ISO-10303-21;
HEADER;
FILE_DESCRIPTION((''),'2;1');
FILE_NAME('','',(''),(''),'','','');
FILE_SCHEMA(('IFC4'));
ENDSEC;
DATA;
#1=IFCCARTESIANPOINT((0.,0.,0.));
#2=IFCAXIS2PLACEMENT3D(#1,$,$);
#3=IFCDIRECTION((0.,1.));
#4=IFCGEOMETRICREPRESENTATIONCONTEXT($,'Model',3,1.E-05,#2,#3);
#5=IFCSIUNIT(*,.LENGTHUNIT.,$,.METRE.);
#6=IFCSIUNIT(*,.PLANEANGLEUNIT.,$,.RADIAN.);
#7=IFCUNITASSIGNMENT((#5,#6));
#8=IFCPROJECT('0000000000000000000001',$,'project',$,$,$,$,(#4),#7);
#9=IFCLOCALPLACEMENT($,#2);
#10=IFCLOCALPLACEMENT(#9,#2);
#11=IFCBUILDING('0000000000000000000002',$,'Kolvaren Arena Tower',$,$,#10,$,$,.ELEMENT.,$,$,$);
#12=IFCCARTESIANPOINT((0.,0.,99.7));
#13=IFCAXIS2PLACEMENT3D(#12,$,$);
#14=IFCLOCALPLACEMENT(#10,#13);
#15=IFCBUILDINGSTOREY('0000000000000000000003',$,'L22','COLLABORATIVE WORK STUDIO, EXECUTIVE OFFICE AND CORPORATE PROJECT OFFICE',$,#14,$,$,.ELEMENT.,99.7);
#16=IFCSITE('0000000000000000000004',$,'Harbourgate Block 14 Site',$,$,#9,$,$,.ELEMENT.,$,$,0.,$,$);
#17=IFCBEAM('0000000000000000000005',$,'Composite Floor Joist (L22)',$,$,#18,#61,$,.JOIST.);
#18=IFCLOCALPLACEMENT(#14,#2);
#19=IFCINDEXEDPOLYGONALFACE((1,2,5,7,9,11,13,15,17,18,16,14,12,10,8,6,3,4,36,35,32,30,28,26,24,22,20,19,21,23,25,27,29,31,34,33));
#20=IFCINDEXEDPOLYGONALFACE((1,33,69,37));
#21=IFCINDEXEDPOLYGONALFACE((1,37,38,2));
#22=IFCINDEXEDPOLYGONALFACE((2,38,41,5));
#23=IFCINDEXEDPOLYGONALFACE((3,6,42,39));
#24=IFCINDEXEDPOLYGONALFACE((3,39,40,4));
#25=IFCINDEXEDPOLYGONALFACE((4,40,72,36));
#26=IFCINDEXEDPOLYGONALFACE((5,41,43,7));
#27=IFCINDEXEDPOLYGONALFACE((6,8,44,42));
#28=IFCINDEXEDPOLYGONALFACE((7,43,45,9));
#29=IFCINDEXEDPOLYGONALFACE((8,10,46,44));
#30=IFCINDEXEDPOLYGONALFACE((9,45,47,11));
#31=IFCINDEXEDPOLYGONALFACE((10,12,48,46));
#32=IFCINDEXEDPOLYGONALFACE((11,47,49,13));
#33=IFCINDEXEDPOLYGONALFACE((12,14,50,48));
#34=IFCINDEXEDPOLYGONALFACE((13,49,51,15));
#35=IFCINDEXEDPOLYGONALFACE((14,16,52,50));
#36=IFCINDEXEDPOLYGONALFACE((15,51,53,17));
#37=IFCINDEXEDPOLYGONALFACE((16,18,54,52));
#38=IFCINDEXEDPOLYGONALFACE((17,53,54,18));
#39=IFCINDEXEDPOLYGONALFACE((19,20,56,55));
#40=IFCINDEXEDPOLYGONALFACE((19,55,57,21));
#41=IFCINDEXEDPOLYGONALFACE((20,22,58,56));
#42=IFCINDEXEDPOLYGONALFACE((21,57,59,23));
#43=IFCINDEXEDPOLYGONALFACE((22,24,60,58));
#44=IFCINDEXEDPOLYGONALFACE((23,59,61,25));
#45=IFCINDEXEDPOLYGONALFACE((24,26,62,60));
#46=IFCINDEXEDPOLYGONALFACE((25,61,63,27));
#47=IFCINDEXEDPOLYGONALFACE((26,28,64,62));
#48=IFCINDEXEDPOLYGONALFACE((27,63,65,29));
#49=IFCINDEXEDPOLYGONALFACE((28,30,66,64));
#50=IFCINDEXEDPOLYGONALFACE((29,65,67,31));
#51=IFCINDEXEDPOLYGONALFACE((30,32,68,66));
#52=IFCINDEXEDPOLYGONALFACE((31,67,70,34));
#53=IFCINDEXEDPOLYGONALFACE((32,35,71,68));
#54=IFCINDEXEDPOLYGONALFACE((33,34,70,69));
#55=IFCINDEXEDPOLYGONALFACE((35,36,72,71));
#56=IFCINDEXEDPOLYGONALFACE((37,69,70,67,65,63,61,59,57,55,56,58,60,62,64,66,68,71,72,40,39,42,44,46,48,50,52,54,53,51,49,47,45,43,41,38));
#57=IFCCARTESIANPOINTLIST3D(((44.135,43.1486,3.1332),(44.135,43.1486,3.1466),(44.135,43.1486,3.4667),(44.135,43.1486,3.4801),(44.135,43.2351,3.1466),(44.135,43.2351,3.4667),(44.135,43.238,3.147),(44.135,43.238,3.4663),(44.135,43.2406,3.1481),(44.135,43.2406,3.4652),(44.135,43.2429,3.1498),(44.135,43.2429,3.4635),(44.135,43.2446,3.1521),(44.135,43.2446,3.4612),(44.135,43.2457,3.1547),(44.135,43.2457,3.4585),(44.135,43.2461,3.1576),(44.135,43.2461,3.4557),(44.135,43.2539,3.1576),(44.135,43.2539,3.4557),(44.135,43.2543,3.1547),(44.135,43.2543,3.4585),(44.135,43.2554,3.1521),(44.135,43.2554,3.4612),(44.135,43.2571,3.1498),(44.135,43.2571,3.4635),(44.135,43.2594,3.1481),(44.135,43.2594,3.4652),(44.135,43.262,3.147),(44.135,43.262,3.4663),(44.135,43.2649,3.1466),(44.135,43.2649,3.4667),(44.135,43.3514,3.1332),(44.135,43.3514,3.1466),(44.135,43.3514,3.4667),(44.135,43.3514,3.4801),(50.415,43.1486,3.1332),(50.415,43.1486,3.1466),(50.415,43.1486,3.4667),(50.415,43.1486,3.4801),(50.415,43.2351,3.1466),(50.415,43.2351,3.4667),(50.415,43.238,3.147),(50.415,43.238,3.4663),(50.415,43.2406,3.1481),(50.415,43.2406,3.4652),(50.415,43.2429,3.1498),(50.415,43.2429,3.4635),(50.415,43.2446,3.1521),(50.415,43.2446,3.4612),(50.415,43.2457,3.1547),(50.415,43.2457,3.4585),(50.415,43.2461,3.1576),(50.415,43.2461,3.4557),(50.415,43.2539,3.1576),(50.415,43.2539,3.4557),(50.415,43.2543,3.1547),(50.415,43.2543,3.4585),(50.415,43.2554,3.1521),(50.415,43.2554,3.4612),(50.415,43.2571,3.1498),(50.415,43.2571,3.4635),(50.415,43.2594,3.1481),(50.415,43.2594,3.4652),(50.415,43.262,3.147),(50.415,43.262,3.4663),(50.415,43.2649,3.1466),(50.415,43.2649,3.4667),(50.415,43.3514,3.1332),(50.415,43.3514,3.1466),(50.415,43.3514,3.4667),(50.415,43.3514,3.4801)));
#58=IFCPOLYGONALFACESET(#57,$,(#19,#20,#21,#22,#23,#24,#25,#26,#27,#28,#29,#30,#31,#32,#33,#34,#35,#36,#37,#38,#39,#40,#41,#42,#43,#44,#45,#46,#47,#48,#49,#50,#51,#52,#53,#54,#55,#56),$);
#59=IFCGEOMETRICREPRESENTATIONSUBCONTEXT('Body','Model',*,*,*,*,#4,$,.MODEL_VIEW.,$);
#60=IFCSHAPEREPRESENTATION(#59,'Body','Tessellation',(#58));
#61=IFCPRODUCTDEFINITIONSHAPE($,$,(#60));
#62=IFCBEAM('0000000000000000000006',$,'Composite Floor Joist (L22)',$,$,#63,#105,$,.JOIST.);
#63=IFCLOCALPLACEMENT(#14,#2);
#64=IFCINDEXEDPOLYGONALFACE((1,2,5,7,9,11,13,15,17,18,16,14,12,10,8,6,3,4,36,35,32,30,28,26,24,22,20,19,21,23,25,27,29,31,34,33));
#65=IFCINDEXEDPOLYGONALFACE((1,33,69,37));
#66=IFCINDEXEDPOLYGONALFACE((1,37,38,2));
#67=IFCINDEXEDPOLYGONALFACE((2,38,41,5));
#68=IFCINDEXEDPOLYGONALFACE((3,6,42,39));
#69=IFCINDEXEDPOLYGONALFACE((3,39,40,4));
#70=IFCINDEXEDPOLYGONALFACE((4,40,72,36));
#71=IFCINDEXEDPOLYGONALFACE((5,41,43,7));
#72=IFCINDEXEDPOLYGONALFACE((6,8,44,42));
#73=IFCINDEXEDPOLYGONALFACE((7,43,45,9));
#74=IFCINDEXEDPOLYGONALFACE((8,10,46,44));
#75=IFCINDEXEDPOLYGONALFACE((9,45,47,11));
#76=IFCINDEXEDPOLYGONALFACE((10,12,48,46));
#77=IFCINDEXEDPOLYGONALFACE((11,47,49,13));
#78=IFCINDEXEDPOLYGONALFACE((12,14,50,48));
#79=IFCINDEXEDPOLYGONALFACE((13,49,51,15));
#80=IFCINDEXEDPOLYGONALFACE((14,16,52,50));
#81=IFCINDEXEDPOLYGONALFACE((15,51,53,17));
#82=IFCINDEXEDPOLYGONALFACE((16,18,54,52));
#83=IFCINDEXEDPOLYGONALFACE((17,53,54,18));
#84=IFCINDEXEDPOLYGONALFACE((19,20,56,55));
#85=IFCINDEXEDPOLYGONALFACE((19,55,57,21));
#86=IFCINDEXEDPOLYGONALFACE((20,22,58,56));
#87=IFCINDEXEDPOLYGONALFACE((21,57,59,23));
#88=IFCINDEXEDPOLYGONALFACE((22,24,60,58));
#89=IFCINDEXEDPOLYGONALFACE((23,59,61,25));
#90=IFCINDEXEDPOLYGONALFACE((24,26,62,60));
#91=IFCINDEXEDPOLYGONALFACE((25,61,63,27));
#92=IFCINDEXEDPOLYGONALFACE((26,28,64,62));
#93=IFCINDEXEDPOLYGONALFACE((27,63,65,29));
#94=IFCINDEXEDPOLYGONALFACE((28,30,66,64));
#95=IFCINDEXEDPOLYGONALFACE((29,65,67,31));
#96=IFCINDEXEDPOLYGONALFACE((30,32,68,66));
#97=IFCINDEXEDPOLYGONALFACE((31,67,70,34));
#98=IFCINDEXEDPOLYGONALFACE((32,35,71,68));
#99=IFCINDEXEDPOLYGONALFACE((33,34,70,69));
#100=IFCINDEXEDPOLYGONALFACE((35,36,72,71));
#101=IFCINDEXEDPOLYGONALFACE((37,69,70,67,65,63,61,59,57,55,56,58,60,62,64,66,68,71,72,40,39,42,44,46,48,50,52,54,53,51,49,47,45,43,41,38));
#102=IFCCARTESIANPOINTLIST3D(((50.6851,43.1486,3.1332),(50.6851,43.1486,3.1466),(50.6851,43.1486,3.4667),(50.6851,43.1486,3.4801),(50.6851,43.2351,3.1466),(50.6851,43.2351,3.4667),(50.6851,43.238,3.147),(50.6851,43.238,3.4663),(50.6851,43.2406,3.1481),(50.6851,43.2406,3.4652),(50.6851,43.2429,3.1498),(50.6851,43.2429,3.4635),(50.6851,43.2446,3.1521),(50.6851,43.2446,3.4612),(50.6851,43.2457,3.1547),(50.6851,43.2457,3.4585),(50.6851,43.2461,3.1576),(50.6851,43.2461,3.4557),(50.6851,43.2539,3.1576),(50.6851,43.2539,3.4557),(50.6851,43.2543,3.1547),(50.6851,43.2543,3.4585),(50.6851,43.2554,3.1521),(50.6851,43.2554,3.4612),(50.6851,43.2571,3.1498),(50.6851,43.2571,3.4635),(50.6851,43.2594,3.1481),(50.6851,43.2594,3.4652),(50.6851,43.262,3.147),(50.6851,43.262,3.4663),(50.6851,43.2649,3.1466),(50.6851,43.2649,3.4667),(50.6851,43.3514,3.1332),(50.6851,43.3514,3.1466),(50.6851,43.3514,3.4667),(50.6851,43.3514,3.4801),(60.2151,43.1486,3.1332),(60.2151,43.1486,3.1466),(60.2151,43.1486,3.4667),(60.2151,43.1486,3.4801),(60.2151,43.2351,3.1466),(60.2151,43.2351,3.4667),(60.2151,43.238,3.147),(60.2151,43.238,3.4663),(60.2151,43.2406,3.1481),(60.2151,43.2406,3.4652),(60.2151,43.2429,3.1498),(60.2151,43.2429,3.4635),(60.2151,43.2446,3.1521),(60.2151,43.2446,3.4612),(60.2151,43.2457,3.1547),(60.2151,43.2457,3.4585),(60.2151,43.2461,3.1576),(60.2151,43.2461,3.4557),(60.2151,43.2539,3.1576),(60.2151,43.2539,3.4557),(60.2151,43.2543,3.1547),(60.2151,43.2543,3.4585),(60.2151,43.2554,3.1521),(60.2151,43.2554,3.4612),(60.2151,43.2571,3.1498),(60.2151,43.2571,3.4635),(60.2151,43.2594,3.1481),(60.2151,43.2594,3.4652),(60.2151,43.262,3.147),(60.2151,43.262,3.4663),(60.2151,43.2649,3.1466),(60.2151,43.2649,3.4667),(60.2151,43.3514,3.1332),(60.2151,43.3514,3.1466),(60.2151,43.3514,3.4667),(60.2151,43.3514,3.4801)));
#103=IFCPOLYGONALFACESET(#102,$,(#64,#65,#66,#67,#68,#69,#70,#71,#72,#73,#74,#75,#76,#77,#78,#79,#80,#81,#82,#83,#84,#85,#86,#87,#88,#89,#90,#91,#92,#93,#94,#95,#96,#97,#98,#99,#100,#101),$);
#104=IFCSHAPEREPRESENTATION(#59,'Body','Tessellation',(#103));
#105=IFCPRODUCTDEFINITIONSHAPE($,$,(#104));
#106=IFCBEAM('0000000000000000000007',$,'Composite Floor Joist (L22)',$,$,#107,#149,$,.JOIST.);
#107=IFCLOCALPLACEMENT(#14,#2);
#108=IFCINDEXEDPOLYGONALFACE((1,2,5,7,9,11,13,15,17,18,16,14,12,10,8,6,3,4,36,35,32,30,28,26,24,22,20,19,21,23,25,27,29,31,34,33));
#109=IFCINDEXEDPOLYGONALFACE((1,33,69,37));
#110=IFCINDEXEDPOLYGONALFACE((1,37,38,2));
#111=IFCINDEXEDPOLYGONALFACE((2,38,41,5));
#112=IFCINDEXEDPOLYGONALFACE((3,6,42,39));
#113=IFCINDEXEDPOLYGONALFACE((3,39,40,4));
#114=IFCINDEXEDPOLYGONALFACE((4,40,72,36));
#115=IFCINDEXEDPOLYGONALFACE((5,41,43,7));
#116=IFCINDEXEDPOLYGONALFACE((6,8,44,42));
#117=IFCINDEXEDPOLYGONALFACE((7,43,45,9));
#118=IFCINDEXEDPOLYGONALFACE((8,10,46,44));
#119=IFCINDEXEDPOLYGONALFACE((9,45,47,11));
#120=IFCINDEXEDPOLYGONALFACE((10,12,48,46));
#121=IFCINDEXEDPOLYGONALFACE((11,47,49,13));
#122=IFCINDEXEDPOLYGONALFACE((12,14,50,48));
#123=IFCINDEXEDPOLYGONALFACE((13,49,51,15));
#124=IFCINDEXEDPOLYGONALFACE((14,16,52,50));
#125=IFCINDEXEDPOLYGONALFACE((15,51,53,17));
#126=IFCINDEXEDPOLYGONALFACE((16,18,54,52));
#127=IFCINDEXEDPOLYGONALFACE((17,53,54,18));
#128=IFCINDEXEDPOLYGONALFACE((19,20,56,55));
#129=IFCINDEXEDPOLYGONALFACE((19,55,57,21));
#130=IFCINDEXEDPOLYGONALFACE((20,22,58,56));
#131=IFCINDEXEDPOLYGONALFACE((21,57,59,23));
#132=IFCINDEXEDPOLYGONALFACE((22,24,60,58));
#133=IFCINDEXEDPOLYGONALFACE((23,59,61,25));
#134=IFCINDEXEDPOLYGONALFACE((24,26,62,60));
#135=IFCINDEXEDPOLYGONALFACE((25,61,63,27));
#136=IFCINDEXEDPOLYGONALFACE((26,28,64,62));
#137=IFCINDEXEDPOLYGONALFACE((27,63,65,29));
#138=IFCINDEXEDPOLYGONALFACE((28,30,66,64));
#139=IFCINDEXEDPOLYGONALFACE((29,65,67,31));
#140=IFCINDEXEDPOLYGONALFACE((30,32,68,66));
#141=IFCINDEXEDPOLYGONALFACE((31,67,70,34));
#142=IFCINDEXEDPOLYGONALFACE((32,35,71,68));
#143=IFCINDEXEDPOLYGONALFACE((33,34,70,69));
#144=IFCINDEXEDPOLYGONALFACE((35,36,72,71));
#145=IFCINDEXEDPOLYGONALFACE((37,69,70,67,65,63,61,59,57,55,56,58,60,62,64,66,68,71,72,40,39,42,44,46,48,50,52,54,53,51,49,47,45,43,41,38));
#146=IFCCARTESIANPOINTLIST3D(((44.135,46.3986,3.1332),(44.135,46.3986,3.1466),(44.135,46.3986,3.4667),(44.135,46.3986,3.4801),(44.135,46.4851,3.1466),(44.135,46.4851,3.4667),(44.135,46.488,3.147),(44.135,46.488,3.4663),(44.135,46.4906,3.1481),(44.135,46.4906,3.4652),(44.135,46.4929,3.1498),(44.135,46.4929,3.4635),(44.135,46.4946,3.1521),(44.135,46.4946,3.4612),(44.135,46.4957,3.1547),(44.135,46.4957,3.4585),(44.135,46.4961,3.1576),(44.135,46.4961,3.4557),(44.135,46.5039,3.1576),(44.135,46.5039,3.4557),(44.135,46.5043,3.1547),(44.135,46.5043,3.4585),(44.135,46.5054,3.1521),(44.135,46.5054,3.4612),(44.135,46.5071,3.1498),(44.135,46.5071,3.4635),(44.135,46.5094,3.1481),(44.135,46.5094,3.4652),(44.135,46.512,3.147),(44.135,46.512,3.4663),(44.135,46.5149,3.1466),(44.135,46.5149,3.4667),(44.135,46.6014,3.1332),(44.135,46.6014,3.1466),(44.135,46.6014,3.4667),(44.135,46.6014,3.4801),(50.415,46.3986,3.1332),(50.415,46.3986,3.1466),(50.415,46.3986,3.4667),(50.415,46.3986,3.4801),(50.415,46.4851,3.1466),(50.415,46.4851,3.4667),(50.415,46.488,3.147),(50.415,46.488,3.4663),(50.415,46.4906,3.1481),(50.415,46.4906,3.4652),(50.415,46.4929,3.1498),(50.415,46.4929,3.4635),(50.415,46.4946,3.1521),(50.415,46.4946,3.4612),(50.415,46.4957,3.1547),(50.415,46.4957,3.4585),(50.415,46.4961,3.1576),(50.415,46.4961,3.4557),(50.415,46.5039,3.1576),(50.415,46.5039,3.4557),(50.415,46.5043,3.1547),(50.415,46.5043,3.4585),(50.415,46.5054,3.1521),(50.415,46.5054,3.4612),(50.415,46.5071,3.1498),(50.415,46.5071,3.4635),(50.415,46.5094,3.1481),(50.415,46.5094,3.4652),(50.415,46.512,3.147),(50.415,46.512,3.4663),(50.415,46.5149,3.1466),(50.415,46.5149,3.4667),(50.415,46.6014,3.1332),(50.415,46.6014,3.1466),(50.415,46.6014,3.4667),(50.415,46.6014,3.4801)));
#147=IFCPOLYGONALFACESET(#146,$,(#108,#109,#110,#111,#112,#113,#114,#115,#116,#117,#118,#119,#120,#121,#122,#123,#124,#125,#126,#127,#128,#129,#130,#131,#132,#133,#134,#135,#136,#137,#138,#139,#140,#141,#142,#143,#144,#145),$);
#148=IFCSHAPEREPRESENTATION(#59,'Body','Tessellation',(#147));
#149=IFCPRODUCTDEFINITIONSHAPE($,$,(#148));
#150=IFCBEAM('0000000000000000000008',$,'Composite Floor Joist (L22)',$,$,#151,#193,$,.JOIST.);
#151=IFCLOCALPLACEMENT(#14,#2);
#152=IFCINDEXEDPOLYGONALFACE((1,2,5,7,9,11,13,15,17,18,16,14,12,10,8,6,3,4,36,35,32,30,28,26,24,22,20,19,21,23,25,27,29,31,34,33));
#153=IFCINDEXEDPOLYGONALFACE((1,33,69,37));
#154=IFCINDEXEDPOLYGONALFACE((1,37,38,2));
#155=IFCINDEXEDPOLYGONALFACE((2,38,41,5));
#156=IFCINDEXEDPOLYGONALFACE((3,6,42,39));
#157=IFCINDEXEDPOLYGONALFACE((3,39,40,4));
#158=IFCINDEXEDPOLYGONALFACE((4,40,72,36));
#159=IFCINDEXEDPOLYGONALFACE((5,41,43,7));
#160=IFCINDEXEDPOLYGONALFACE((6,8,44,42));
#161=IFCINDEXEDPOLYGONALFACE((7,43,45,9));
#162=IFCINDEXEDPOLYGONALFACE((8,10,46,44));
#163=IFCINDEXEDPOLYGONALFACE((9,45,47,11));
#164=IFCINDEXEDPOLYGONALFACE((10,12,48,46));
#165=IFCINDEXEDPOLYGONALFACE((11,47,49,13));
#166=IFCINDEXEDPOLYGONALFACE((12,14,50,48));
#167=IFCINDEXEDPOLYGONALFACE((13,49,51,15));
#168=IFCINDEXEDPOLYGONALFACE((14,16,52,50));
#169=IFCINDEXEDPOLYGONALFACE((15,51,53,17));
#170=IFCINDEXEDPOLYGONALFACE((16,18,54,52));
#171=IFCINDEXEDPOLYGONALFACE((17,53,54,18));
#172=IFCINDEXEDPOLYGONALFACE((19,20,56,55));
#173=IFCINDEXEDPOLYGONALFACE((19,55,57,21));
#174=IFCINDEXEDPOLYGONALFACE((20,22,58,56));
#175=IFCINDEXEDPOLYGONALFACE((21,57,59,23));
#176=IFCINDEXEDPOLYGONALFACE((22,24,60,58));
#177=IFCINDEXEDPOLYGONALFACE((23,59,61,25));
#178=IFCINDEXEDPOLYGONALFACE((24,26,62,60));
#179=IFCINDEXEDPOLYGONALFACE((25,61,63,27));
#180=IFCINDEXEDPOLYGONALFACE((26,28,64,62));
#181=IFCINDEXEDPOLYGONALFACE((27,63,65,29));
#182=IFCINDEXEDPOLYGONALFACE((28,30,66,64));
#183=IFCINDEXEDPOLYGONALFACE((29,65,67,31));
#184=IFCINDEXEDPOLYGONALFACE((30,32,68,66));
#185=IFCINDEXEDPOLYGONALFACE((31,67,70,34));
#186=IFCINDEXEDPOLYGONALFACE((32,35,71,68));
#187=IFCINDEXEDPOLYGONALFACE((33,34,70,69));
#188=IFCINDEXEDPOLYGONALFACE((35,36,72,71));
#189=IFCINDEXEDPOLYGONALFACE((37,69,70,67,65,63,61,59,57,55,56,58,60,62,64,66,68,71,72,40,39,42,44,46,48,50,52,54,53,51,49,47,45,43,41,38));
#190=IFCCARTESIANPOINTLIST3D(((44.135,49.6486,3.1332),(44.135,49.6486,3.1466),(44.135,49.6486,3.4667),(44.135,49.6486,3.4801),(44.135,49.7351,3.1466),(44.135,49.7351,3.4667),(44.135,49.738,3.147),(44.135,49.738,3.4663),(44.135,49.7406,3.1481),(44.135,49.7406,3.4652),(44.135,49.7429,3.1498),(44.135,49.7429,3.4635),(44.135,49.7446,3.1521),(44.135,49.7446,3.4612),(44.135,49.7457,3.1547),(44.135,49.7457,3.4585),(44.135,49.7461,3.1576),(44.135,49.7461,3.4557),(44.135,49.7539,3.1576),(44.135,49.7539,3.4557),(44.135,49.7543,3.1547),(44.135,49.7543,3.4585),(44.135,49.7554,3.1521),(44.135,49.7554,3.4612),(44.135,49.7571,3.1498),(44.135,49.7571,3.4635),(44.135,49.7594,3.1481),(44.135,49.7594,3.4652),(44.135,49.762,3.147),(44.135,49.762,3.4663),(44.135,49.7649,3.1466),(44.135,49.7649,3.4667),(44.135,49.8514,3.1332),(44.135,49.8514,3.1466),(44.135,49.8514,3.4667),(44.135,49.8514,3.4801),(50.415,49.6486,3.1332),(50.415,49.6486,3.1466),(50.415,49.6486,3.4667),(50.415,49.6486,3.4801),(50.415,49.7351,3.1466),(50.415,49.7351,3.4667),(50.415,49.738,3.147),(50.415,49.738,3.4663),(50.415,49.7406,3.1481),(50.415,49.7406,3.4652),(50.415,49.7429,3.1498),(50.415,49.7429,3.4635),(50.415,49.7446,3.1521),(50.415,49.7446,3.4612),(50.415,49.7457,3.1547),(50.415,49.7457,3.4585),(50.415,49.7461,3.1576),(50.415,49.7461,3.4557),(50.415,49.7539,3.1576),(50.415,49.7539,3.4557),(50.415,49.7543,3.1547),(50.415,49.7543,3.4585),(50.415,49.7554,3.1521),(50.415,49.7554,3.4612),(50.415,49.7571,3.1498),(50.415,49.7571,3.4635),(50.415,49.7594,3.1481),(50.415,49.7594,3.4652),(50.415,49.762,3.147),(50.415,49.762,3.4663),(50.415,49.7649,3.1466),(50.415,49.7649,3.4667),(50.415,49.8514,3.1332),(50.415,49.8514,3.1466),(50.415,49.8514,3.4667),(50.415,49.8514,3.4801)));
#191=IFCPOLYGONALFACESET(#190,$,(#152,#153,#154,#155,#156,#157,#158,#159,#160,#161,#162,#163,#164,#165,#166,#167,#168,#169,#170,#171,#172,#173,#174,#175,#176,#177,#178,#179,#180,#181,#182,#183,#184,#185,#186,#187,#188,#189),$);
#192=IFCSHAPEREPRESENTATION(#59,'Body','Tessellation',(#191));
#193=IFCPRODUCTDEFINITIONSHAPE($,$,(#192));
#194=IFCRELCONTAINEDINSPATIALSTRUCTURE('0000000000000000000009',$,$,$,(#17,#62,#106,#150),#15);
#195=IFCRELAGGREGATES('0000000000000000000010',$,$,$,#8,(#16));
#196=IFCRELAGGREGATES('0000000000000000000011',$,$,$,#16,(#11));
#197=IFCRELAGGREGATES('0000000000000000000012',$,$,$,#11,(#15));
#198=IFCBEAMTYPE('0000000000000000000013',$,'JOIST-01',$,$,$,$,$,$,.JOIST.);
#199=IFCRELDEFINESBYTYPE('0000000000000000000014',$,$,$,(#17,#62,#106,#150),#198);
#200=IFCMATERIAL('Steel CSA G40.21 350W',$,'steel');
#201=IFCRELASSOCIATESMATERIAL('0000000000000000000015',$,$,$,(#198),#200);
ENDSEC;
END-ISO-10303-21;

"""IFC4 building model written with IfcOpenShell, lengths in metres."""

from ifc_helpers import new_model, si_unit, direction, frame, origin, origin_2d, place, context, subcontext, project, spatial, i_section, extrude, material, material_profile, profile_set, type_object, element, save


model = new_model("IFC4")

# Units and contexts
model_context = context("Model", 3, precision=1e-05, world=origin(), true_north=direction((0.0, 1.0)))
body_context = subcontext(model_context, "Body", "Model", "MODEL_VIEW")
ifc_project = project(units=[si_unit("LENGTHUNIT", "METRE"), si_unit("PLANEANGLEUNIT", "RADIAN")], contexts=[model_context])

# Site, building, storey
site_placement = place(None, origin())
site = spatial("IfcSite", under=ifc_project, at=site_placement, Name="Harbourgate Block 14 Site", CompositionType="ELEMENT", RefElevation=0.0)
building_placement = place(site_placement, origin())
building = spatial("IfcBuilding", under=site, at=building_placement, Name="Kolvaren Arena Tower", CompositionType="ELEMENT")
storey_placement = place(building_placement, frame((0.0, 0.0, 99.7)))
storey = spatial("IfcBuildingStorey", under=building, at=storey_placement, Name="L22", Description="COLLABORATIVE WORK STUDIO, EXECUTIVE OFFICE AND CORPORATE PROJECT OFFICE", CompositionType="ELEMENT", Elevation=99.7)

# Beams
ifc_material_1 = material(Name="Steel CSA G40.21 350W", Category="steel")
ifc_material_profile_1 = material_profile(ifc_material_1, i_section(OverallWidth=0.2029, OverallDepth=0.3469, WebThickness=0.0078, FlangeThickness=0.0134, FilletRadius=0.011, at=origin_2d()), Name="W360x64")
ifc_profile_set_1 = profile_set([ifc_material_profile_1], Name="Steel CSA G40.21 350W")
beam_type_1 = type_object("IfcBeamType", Name="JOIST-01", PredefinedType="JOIST", material=ifc_profile_set_1)
beam_1_placement = place(storey_placement, frame((44.135, 43.25, 3.3066), z_axis=(1.0, 0.0, 0.0), x_axis=(0.0, 1.0, 0.0)))
element("IfcBeam", 1, at=beam_1_placement, inside=storey, type_object=beam_type_1, Name="Composite Floor Joist (L22)", PredefinedType="JOIST", context=body_context, shape_type="SweptSolid", body=[
    extrude(i_section(OverallWidth=0.2029, OverallDepth=0.3469, WebThickness=0.0078, FlangeThickness=0.0134, FilletRadius=0.011, at=origin_2d()), origin(), (0.0, 0.0, 1.0), 6.28),
])
beam_2_placement = place(storey_placement, frame((50.6851, 43.25, 3.3066), z_axis=(1.0, 0.0, 0.0), x_axis=(0.0, 1.0, 0.0)))
element("IfcBeam", 2, at=beam_2_placement, inside=storey, type_object=beam_type_1, Name="Composite Floor Joist (L22)", PredefinedType="JOIST", context=body_context, shape_type="SweptSolid", body=[
    extrude(i_section(OverallWidth=0.2029, OverallDepth=0.3469, WebThickness=0.0078, FlangeThickness=0.0134, FilletRadius=0.011, at=origin_2d()), origin(), (0.0, 0.0, 1.0), 9.53),
])
for number, where, z_axis, x_axis, name in (
    (3, (44.135, 46.5, 3.3066), (1.0, 0.0, 0.0), (0.0, 1.0, 0.0), "Composite Floor Joist (L22)"),
    (4, (44.135, 49.75, 3.3066), (1.0, 0.0, 0.0), (0.0, 1.0, 0.0), "Composite Floor Joist (L22)"),
):
    element("IfcBeam", number, at=place(storey_placement, frame(where, z_axis=z_axis, x_axis=x_axis)), inside=storey, type_object=beam_type_1, Name=name, PredefinedType="JOIST", context=body_context, shape_type="SweptSolid", body=[
        extrude(i_section(OverallWidth=0.2029, OverallDepth=0.3469, WebThickness=0.0078, FlangeThickness=0.0134, FilletRadius=0.011, at=origin_2d()), origin(), (0.0, 0.0, 1.0), 6.28),
    ])

save(model, "model.ifc")
